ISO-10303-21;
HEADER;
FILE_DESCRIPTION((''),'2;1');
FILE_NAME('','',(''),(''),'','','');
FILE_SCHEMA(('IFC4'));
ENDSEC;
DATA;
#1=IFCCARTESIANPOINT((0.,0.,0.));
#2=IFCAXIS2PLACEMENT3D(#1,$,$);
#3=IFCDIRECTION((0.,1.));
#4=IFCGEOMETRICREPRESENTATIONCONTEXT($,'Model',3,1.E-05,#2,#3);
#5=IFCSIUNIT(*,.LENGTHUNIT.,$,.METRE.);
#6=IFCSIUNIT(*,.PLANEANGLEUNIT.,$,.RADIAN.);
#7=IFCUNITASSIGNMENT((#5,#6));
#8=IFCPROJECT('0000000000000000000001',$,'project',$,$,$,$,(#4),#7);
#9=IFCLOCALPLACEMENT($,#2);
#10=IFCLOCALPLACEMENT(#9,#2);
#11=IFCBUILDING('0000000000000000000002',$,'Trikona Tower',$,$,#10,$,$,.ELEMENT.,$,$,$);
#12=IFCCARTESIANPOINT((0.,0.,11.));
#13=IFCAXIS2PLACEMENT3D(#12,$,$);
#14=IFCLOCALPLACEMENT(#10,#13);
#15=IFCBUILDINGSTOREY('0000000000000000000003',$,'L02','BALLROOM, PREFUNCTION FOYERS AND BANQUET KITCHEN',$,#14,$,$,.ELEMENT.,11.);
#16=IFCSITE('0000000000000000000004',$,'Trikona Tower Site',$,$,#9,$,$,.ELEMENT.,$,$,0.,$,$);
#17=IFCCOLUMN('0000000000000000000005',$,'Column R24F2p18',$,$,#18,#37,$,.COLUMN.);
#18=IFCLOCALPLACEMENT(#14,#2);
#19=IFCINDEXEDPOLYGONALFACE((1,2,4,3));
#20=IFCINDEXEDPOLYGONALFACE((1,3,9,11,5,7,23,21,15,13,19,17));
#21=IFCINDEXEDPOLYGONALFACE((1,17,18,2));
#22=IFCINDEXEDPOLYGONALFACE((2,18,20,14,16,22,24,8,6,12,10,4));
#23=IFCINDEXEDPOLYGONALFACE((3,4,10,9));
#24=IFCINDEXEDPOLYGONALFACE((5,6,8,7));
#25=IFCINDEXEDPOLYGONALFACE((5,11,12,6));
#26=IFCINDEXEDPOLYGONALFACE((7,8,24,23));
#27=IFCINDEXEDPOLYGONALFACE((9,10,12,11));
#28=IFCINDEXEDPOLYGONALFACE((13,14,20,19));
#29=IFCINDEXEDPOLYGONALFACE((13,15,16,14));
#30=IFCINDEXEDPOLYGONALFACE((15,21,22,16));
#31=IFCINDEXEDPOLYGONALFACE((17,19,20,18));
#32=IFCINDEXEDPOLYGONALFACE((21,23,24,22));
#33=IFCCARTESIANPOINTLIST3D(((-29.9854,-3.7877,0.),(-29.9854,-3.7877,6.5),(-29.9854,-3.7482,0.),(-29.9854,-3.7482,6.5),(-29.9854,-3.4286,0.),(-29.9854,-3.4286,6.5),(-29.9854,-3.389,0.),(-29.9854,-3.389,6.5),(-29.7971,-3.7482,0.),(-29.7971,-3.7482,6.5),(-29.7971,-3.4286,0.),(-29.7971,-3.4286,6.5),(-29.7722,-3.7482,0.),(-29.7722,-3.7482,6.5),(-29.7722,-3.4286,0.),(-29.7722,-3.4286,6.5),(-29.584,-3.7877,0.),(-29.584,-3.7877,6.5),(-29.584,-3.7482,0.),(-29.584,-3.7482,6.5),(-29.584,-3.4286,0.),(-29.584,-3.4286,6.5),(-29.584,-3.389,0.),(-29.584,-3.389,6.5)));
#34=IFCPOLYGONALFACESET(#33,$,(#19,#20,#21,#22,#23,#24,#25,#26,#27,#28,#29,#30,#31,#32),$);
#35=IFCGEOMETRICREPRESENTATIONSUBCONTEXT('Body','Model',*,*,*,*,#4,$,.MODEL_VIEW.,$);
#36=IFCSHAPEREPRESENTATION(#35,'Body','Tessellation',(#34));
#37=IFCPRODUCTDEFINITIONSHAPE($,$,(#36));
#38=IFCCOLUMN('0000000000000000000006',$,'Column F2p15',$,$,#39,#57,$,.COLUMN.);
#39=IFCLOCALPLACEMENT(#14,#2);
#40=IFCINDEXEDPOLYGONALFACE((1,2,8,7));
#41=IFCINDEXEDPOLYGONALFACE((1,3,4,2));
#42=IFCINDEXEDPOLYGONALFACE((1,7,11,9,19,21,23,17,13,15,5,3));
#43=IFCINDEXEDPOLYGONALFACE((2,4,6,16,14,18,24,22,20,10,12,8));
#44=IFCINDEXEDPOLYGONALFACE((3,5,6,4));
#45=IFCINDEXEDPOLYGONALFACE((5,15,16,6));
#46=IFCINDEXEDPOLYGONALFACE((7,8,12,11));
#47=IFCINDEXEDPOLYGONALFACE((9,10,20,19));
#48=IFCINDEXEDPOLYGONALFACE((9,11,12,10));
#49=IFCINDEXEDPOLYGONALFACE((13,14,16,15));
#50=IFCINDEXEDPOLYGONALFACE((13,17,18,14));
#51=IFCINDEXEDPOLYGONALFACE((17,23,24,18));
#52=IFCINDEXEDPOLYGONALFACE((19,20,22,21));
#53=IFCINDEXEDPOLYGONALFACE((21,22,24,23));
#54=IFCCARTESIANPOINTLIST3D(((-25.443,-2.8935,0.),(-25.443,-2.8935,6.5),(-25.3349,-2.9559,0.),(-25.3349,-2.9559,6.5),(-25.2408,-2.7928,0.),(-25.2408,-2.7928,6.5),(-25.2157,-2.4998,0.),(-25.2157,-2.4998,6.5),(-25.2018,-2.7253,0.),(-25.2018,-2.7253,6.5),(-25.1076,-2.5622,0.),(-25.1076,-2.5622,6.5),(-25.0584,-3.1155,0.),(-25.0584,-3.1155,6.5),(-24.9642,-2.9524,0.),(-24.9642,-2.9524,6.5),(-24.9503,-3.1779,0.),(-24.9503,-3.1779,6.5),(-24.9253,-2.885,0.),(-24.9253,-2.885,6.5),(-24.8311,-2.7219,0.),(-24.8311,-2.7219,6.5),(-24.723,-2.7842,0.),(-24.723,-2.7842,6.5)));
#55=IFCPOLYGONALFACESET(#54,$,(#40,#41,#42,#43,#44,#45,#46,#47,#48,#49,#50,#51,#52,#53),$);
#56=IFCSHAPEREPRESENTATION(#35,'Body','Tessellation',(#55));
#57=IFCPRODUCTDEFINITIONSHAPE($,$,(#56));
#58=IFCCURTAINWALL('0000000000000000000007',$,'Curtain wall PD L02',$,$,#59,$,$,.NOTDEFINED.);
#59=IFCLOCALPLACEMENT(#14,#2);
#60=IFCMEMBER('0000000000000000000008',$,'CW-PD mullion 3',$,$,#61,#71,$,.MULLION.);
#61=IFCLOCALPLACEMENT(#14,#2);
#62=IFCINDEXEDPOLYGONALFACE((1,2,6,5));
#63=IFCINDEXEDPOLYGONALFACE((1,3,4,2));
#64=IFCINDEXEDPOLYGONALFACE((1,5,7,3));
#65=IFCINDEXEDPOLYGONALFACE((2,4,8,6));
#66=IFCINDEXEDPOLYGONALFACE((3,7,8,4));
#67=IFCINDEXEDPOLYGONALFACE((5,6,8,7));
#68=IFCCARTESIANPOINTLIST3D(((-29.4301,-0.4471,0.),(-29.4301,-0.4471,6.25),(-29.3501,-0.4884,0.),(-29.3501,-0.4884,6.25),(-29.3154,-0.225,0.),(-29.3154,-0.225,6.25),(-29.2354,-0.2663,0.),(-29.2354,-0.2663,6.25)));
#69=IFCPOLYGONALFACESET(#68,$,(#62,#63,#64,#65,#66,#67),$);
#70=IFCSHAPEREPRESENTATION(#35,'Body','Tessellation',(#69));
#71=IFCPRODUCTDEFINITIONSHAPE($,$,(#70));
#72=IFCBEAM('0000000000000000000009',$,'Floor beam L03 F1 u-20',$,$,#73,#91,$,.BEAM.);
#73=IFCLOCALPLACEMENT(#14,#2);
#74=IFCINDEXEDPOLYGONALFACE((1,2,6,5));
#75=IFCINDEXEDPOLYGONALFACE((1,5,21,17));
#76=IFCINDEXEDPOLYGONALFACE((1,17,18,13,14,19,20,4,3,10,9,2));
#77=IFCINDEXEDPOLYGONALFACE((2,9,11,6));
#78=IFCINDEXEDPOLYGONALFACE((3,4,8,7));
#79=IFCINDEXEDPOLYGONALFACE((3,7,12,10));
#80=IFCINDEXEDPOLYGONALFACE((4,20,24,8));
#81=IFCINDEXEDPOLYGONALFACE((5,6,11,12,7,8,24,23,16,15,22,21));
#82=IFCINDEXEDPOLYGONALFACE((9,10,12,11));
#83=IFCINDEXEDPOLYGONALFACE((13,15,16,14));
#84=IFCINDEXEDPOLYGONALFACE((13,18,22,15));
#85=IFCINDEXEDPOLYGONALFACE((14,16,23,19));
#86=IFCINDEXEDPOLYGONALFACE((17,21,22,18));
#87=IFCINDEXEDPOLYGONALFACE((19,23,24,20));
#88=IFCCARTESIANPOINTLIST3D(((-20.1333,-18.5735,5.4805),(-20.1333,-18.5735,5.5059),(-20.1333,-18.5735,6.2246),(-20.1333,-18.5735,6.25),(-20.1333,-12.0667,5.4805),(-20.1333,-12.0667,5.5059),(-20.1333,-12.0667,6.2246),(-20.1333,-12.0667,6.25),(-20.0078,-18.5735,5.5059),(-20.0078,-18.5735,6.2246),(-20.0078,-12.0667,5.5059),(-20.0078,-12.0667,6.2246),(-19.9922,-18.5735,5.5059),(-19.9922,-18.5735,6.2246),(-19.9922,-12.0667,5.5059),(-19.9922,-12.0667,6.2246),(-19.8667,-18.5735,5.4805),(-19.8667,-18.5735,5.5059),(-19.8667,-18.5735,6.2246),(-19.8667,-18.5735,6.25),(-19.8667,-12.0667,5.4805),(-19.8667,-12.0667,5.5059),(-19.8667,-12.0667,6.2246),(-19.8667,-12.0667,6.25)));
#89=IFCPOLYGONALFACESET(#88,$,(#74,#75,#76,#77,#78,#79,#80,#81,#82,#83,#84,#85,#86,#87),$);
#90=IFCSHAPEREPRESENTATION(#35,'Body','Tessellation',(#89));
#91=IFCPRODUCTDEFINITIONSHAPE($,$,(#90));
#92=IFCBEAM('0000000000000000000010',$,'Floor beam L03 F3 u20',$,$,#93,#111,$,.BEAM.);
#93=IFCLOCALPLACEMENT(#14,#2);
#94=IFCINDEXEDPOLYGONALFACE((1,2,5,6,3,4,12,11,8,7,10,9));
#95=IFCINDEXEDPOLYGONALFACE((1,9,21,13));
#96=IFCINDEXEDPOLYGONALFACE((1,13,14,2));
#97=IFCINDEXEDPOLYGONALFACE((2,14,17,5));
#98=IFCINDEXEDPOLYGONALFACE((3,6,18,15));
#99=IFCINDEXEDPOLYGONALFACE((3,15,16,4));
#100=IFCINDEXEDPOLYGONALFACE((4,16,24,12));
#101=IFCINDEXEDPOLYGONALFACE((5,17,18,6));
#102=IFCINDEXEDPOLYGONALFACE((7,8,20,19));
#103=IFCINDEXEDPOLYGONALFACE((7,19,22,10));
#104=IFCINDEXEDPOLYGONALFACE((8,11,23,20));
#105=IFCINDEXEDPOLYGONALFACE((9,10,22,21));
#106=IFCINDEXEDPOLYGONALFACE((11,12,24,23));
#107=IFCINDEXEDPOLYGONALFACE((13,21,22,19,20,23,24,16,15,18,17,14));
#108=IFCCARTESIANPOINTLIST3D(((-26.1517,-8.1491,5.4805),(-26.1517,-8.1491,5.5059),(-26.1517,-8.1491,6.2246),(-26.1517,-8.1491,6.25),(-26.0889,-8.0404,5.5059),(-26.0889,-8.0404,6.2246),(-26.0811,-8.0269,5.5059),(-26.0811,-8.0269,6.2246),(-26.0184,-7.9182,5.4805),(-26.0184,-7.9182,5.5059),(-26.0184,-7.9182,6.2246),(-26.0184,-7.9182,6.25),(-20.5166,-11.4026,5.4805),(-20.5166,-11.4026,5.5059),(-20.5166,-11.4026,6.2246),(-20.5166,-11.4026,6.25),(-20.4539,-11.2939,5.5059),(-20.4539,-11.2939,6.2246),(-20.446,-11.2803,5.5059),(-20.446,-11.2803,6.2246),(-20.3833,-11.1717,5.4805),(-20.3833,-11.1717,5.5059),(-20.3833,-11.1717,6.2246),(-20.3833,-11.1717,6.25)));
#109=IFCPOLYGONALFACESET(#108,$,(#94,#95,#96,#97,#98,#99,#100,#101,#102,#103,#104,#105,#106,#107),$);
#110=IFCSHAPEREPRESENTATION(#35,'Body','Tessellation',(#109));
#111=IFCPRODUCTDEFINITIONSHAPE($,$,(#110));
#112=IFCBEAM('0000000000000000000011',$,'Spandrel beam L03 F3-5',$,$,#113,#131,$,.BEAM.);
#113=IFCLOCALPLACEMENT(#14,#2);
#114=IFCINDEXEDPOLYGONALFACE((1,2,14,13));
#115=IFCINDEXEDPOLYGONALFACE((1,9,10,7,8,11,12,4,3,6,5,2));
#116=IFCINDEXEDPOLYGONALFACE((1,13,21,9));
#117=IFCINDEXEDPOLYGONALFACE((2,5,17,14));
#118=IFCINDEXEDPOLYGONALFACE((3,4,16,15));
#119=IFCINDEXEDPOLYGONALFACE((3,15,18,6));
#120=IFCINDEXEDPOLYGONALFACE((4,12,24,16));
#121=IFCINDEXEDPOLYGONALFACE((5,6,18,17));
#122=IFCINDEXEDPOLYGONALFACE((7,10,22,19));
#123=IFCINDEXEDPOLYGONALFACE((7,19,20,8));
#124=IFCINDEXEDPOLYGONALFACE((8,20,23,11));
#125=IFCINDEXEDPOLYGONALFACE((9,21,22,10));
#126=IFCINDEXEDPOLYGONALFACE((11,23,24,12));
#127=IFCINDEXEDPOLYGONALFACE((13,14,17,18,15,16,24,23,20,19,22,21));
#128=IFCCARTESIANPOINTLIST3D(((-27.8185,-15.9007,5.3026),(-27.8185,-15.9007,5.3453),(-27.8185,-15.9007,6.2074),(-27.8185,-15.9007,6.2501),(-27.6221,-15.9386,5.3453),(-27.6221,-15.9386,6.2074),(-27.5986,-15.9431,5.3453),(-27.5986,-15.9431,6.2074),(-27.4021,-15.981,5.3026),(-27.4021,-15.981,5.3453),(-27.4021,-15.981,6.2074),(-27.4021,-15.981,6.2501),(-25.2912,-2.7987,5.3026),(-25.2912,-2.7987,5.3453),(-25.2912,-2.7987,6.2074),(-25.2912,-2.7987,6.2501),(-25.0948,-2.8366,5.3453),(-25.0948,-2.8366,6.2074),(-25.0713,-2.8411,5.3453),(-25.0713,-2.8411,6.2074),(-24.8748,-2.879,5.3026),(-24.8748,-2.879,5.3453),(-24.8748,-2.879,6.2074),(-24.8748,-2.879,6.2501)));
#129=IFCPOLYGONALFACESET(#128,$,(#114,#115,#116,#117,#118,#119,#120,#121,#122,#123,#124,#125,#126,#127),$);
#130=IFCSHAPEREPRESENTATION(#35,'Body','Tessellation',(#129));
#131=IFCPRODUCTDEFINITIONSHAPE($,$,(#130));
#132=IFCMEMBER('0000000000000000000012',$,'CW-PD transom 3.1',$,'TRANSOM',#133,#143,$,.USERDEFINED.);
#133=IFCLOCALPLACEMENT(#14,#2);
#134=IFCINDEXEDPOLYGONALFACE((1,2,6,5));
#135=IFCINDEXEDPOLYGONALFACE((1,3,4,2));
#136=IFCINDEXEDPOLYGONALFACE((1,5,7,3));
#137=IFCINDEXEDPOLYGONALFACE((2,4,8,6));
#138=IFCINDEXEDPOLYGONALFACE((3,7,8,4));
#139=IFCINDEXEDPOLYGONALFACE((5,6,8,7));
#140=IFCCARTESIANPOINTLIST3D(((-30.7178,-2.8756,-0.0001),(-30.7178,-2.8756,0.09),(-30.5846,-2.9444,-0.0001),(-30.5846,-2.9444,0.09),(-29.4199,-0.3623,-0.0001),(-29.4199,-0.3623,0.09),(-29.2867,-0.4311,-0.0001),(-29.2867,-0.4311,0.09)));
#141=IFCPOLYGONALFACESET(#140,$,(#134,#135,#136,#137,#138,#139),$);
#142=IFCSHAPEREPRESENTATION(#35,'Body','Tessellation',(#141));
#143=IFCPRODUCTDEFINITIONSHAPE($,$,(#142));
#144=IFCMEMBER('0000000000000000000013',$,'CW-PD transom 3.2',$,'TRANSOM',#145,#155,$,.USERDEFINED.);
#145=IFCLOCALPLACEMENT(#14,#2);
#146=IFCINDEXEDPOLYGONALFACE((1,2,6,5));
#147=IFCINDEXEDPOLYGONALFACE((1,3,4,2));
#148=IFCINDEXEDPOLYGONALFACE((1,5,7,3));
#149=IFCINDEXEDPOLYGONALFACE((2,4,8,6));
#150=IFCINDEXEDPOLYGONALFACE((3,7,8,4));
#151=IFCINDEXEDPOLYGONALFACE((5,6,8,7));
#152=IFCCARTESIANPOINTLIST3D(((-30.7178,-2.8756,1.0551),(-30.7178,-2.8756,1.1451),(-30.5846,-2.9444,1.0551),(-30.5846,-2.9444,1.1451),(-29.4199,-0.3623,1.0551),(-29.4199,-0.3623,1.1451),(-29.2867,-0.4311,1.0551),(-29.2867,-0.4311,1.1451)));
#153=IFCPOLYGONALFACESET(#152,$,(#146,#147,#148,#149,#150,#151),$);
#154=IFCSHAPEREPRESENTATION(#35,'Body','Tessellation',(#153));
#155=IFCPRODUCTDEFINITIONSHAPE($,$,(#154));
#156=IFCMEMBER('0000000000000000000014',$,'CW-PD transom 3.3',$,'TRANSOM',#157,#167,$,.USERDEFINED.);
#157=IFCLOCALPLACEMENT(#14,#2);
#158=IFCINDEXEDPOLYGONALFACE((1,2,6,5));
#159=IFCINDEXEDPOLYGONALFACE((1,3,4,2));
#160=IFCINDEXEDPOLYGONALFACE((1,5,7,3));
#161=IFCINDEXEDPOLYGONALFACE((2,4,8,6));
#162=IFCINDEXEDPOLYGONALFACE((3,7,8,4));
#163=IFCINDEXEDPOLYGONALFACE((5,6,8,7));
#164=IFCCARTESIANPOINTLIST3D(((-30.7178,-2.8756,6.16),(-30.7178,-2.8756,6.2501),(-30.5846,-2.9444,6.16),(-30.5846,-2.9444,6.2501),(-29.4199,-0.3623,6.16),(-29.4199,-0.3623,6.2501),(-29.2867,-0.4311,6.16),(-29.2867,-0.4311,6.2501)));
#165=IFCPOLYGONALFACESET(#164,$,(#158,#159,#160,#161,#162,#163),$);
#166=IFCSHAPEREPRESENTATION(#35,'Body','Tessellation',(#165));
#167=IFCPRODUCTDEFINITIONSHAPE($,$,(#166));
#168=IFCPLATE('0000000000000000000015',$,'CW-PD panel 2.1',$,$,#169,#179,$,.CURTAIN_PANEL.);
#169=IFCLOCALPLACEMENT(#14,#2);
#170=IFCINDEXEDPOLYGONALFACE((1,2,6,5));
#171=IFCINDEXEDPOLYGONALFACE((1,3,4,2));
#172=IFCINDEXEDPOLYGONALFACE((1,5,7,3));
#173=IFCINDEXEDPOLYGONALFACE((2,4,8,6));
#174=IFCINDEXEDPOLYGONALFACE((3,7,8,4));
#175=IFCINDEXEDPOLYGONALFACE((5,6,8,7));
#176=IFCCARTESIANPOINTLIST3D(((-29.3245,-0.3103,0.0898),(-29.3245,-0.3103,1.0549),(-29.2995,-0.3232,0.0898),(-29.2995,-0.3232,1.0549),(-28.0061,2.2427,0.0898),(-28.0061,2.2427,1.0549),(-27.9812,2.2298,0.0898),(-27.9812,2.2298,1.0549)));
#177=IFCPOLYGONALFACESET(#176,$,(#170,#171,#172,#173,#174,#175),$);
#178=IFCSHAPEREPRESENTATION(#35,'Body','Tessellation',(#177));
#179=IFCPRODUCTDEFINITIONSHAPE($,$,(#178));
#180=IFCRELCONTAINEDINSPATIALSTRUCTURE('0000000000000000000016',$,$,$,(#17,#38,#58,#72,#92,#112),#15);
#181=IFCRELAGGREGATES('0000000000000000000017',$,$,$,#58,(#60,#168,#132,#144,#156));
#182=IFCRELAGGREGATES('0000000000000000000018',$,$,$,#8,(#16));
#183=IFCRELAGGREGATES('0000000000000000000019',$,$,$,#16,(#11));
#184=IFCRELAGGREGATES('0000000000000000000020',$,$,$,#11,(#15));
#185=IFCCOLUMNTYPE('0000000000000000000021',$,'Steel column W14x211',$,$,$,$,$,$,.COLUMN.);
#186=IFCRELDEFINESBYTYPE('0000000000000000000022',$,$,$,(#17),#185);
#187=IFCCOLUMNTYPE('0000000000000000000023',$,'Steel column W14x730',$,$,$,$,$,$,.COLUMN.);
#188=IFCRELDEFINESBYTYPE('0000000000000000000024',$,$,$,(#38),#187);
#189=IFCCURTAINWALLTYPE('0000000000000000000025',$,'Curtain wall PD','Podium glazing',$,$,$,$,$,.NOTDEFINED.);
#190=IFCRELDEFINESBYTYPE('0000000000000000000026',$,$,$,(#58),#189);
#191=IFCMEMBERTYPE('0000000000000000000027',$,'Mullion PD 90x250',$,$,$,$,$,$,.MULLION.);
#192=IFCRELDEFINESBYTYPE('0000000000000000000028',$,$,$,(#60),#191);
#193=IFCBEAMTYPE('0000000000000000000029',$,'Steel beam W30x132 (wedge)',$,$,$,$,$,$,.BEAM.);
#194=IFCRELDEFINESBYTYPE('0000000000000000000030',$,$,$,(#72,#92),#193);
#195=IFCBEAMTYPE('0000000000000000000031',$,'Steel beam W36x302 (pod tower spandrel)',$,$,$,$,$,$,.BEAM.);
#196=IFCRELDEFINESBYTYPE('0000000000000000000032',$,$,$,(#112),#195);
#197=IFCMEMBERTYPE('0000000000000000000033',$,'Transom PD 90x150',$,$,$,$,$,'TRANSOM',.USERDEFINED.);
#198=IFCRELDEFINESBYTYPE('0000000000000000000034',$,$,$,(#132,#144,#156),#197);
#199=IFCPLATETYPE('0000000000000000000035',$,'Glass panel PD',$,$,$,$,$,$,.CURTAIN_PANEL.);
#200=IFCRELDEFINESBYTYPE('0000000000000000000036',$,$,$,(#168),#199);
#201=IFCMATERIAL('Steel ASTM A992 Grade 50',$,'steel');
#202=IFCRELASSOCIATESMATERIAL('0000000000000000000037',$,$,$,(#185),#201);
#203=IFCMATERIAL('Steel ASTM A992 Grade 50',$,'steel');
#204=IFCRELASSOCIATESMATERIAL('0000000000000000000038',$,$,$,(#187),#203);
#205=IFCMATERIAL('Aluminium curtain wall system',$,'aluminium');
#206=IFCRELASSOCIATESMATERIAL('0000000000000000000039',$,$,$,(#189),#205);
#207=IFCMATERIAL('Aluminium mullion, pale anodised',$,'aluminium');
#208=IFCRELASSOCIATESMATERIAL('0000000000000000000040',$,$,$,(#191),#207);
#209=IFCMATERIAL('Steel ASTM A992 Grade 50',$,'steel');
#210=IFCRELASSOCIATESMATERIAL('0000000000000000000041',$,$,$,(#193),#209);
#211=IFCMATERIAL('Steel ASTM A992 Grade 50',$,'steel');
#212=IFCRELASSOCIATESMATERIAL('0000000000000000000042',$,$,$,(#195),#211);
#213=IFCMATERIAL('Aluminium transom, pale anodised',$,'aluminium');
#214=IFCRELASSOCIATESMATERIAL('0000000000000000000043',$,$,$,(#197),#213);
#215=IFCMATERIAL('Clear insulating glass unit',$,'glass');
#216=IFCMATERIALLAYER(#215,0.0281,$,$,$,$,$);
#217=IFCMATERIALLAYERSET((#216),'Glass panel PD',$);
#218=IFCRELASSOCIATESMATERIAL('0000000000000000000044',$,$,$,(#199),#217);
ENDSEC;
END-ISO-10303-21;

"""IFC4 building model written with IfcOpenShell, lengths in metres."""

from ifc_helpers import new_model, si_unit, direction, frame, origin, origin_2d, place, context, subcontext, project, spatial, rectangle, i_section, extrude, material, layer, layer_set, material_profile, profile_set, type_object, element, aggregate, save


model = new_model("IFC4")

# Units and contexts
model_context = context("Model", 3, precision=1e-05, world=origin(), true_north=direction((0.0, 1.0)))
body_context = subcontext(model_context, "Body", "Model", "MODEL_VIEW")
ifc_project = project(units=[si_unit("LENGTHUNIT", "METRE"), si_unit("PLANEANGLEUNIT", "RADIAN")], contexts=[model_context])

# Site, building, storey
site_placement = place(None, origin())
site = spatial("IfcSite", under=ifc_project, at=site_placement, Name="Trikona Tower Site", CompositionType="ELEMENT", RefElevation=0.0)
building_placement = place(site_placement, origin())
building = spatial("IfcBuilding", under=site, at=building_placement, Name="Trikona Tower", CompositionType="ELEMENT")
storey_placement = place(building_placement, frame((0.0, 0.0, 11.0)))
storey = spatial("IfcBuildingStorey", under=building, at=storey_placement, Name="L02", Description="BALLROOM, PREFUNCTION FOYERS AND BANQUET KITCHEN", CompositionType="ELEMENT", Elevation=11.0)

# Columns
ifc_material_1 = material(Name="Steel ASTM A992 Grade 50", Category="steel")
ifc_material_profile_1 = material_profile(ifc_material_1, i_section(OverallWidth=0.4014, OverallDepth=0.3987, WebThickness=0.0249, FlangeThickness=0.0396, at=origin_2d()), Name="W14X211")
ifc_profile_set_1 = profile_set([ifc_material_profile_1], Name="Steel ASTM A992 Grade 50")
column_type_1 = type_object("IfcColumnType", Name="Steel column W14x211", PredefinedType="COLUMN", material=ifc_profile_set_1)
column_1_placement = place(storey_placement, frame((-29.7847, -3.5884, 0.0), z_axis=(0.0, 0.0, 1.0), x_axis=(1.0, 0.0, 0.0)))
element("IfcColumn", 1, at=column_1_placement, inside=storey, type_object=column_type_1, Name="Column R24F2p18", PredefinedType="COLUMN", context=body_context, shape_type="SweptSolid", body=[
    extrude(i_section(OverallWidth=0.4014, OverallDepth=0.3987, WebThickness=0.0249, FlangeThickness=0.0396, at=origin_2d()), origin(), (0.0, 0.0, 1.0), 6.5),
])
ifc_material_2 = material(Name="Steel ASTM A992 Grade 50", Category="steel")
ifc_material_profile_2 = material_profile(ifc_material_2, i_section(OverallWidth=0.4546, OverallDepth=0.5688, WebThickness=0.0779, FlangeThickness=0.1248, at=origin_2d()), Name="W14X730")
ifc_profile_set_2 = profile_set([ifc_material_profile_2], Name="Steel ASTM A992 Grade 50")
column_type_2 = type_object("IfcColumnType", Name="Steel column W14x730", PredefinedType="COLUMN", material=ifc_profile_set_2)
column_2_placement = place(storey_placement, frame((-25.083, -2.8389, 0.0), z_axis=(0.0, 0.0, 1.0), x_axis=(-0.5, -0.866025, 0.0)))
element("IfcColumn", 2, at=column_2_placement, inside=storey, type_object=column_type_2, Name="Column F2p15", PredefinedType="COLUMN", context=body_context, shape_type="SweptSolid", body=[
    extrude(i_section(OverallWidth=0.4546, OverallDepth=0.5688, WebThickness=0.0779, FlangeThickness=0.1248, at=origin_2d()), origin(), (0.0, 0.0, 1.0), 6.5),
])

# Curtain wall, member
ifc_material_3 = material(Name="Aluminium curtain wall system", Category="aluminium")
curtain_wall_type = type_object("IfcCurtainWallType", Name="Curtain wall PD", Description="Podium glazing", PredefinedType="NOTDEFINED", material=ifc_material_3)
curtain_wall_placement = place(storey_placement, origin())
curtain_wall = element("IfcCurtainWall", 3, at=curtain_wall_placement, inside=storey, type_object=curtain_wall_type, Name="Curtain wall PD L02", PredefinedType="NOTDEFINED")
ifc_material_4 = material(Name="Aluminium mullion, pale anodised", Category="aluminium")
ifc_material_profile_3 = material_profile(ifc_material_4, rectangle(XDim=0.0901, YDim=0.25, at=origin_2d()), Name="MUL-PD")
ifc_profile_set_3 = profile_set([ifc_material_profile_3], Name="Aluminium mullion, pale anodised")
member_type_1 = type_object("IfcMemberType", Name="Mullion PD 90x250", PredefinedType="MULLION", material=ifc_profile_set_3)
member_1_placement = place(storey_placement, frame((-29.3328, -0.3567, 0.0), z_axis=(0.0, 0.0, 1.0), x_axis=(0.888525, -0.458829, 0.0)))
member_1 = element("IfcMember", 4, at=member_1_placement, type_object=member_type_1, Name="CW-PD mullion 3", PredefinedType="MULLION", context=body_context, shape_type="SweptSolid", body=[
    extrude(rectangle(XDim=0.0901, YDim=0.25, at=origin_2d()), origin(), (0.0, 0.0, 1.0), 6.25),
])

# Beams
ifc_material_5 = material(Name="Steel ASTM A992 Grade 50", Category="steel")
ifc_material_profile_4 = material_profile(ifc_material_5, i_section(OverallWidth=0.2666, OverallDepth=0.7695, WebThickness=0.0156, FlangeThickness=0.0254, at=origin_2d()), Name="W30X132")
ifc_profile_set_4 = profile_set([ifc_material_profile_4], Name="Steel ASTM A992 Grade 50")
beam_type_1 = type_object("IfcBeamType", Name="Steel beam W30x132 (wedge)", PredefinedType="BEAM", material=ifc_profile_set_4)
for number, where, z_axis, x_axis, name in (
    (5, (-20.0, -12.0667, 5.8652), (0.0, -1.0, 0.0), (1.0, 0.0, 0.0), "Floor beam L03 F1 u-20"),
    (6, (-20.45, -11.2871, 5.8652), (-0.866023, 0.500005, 0.0), (-0.500005, -0.866023, 0.0), "Floor beam L03 F3 u20"),
):
    element("IfcBeam", number, at=place(storey_placement, frame(where, z_axis=z_axis, x_axis=x_axis)), inside=storey, type_object=beam_type_1, Name=name, PredefinedType="BEAM", context=body_context, shape_type="SweptSolid", body=[
        extrude(i_section(OverallWidth=0.2666, OverallDepth=0.7695, WebThickness=0.0156, FlangeThickness=0.0254, at=origin_2d()), origin(), (0.0, 0.0, 1.0), 6.5068),
    ])
ifc_material_6 = material(Name="Steel ASTM A992 Grade 50", Category="steel")
ifc_material_profile_5 = material_profile(ifc_material_6, i_section(OverallWidth=0.4241, OverallDepth=0.9475, WebThickness=0.0239, FlangeThickness=0.0427, at=origin_2d()), Name="W36X302")
ifc_profile_set_5 = profile_set([ifc_material_profile_5], Name="Steel ASTM A992 Grade 50")
beam_type_2 = type_object("IfcBeamType", Name="Steel beam W36x302 (pod tower spandrel)", PredefinedType="BEAM", material=ifc_profile_set_5)
beam_placement = place(storey_placement, frame((-25.083, -2.8389, 5.7764), z_axis=(-0.189405, -0.981899, 0.0), x_axis=(0.981899, -0.189405, 0.0)))
element("IfcBeam", 7, at=beam_placement, inside=storey, type_object=beam_type_2, Name="Spandrel beam L03 F3-5", PredefinedType="BEAM", context=body_context, shape_type="SweptSolid", body=[
    extrude(i_section(OverallWidth=0.4241, OverallDepth=0.9475, WebThickness=0.0239, FlangeThickness=0.0427, at=origin_2d()), origin(), (0.0, 0.0, 1.0), 13.3435),
])

# Members
ifc_material_7 = material(Name="Aluminium transom, pale anodised", Category="aluminium")
ifc_material_profile_6 = material_profile(ifc_material_7, rectangle(XDim=0.1499, YDim=0.0901, at=origin_2d()), Name="TRN-PD")
ifc_profile_set_6 = profile_set([ifc_material_profile_6], Name="Aluminium transom, pale anodised")
member_type_2 = type_object("IfcMemberType", Name="Transom PD 90x150", ElementType="TRANSOM", PredefinedType="USERDEFINED", material=ifc_profile_set_6)
member_2_placement = place(storey_placement, frame((-29.3533, -0.3967, 0.0449), z_axis=(-0.458845, -0.888516, 0.0), x_axis=(0.888516, -0.458845, 0.0)))
member_2 = element("IfcMember", 8, at=member_2_placement, type_object=member_type_2, Name="CW-PD transom 3.1", ObjectType="TRANSOM", PredefinedType="USERDEFINED", context=body_context, shape_type="SweptSolid", body=[
    extrude(rectangle(XDim=0.1499, YDim=0.0901, at=origin_2d()), origin(), (0.0, 0.0, 1.0), 2.8286),
])
member_3_placement = place(storey_placement, frame((-29.3533, -0.3967, 1.1001), z_axis=(-0.458845, -0.888516, 0.0), x_axis=(0.888516, -0.458845, 0.0)))
member_3 = element("IfcMember", 9, at=member_3_placement, type_object=member_type_2, Name="CW-PD transom 3.2", ObjectType="TRANSOM", PredefinedType="USERDEFINED", context=body_context, shape_type="SweptSolid", body=[
    extrude(rectangle(XDim=0.1499, YDim=0.0901, at=origin_2d()), origin(), (0.0, 0.0, 1.0), 2.8286),
])
member_4_placement = place(storey_placement, frame((-29.3533, -0.3967, 6.2051), z_axis=(-0.458845, -0.888516, 0.0), x_axis=(0.888516, -0.458845, 0.0)))
member_4 = element("IfcMember", 10, at=member_4_placement, type_object=member_type_2, Name="CW-PD transom 3.3", ObjectType="TRANSOM", PredefinedType="USERDEFINED", context=body_context, shape_type="SweptSolid", body=[
    extrude(rectangle(XDim=0.1499, YDim=0.0901, at=origin_2d()), origin(), (0.0, 0.0, 1.0), 2.8286),
])

# Plate
ifc_material_8 = material(Name="Clear insulating glass unit", Category="glass")
ifc_layer_1 = layer(ifc_material_8, 0.0281)
ifc_layer_set_1 = layer_set([ifc_layer_1], Name="Glass panel PD")
plate_type = type_object("IfcPlateType", Name="Glass panel PD", PredefinedType="CURTAIN_PANEL", material=ifc_layer_set_1)
plate_1_placement = place(storey_placement, frame((-28.6528, 0.9597, 0.0898), z_axis=(0.0, 0.0, 1.0), x_axis=(-0.458829, -0.888525, 0.0)))
plate_1 = element("IfcPlate", 11, at=plate_1_placement, type_object=plate_type, Name="CW-PD panel 2.1", PredefinedType="CURTAIN_PANEL", context=body_context, shape_type="SweptSolid", body=[
    extrude(rectangle(XDim=2.8733, YDim=0.0281, at=origin_2d()), origin(), (0.0, 0.0, 1.0), 0.9651),
])
aggregate(curtain_wall, [member_1, plate_1, member_2, member_3, member_4])

save(model, "model.ifc")
